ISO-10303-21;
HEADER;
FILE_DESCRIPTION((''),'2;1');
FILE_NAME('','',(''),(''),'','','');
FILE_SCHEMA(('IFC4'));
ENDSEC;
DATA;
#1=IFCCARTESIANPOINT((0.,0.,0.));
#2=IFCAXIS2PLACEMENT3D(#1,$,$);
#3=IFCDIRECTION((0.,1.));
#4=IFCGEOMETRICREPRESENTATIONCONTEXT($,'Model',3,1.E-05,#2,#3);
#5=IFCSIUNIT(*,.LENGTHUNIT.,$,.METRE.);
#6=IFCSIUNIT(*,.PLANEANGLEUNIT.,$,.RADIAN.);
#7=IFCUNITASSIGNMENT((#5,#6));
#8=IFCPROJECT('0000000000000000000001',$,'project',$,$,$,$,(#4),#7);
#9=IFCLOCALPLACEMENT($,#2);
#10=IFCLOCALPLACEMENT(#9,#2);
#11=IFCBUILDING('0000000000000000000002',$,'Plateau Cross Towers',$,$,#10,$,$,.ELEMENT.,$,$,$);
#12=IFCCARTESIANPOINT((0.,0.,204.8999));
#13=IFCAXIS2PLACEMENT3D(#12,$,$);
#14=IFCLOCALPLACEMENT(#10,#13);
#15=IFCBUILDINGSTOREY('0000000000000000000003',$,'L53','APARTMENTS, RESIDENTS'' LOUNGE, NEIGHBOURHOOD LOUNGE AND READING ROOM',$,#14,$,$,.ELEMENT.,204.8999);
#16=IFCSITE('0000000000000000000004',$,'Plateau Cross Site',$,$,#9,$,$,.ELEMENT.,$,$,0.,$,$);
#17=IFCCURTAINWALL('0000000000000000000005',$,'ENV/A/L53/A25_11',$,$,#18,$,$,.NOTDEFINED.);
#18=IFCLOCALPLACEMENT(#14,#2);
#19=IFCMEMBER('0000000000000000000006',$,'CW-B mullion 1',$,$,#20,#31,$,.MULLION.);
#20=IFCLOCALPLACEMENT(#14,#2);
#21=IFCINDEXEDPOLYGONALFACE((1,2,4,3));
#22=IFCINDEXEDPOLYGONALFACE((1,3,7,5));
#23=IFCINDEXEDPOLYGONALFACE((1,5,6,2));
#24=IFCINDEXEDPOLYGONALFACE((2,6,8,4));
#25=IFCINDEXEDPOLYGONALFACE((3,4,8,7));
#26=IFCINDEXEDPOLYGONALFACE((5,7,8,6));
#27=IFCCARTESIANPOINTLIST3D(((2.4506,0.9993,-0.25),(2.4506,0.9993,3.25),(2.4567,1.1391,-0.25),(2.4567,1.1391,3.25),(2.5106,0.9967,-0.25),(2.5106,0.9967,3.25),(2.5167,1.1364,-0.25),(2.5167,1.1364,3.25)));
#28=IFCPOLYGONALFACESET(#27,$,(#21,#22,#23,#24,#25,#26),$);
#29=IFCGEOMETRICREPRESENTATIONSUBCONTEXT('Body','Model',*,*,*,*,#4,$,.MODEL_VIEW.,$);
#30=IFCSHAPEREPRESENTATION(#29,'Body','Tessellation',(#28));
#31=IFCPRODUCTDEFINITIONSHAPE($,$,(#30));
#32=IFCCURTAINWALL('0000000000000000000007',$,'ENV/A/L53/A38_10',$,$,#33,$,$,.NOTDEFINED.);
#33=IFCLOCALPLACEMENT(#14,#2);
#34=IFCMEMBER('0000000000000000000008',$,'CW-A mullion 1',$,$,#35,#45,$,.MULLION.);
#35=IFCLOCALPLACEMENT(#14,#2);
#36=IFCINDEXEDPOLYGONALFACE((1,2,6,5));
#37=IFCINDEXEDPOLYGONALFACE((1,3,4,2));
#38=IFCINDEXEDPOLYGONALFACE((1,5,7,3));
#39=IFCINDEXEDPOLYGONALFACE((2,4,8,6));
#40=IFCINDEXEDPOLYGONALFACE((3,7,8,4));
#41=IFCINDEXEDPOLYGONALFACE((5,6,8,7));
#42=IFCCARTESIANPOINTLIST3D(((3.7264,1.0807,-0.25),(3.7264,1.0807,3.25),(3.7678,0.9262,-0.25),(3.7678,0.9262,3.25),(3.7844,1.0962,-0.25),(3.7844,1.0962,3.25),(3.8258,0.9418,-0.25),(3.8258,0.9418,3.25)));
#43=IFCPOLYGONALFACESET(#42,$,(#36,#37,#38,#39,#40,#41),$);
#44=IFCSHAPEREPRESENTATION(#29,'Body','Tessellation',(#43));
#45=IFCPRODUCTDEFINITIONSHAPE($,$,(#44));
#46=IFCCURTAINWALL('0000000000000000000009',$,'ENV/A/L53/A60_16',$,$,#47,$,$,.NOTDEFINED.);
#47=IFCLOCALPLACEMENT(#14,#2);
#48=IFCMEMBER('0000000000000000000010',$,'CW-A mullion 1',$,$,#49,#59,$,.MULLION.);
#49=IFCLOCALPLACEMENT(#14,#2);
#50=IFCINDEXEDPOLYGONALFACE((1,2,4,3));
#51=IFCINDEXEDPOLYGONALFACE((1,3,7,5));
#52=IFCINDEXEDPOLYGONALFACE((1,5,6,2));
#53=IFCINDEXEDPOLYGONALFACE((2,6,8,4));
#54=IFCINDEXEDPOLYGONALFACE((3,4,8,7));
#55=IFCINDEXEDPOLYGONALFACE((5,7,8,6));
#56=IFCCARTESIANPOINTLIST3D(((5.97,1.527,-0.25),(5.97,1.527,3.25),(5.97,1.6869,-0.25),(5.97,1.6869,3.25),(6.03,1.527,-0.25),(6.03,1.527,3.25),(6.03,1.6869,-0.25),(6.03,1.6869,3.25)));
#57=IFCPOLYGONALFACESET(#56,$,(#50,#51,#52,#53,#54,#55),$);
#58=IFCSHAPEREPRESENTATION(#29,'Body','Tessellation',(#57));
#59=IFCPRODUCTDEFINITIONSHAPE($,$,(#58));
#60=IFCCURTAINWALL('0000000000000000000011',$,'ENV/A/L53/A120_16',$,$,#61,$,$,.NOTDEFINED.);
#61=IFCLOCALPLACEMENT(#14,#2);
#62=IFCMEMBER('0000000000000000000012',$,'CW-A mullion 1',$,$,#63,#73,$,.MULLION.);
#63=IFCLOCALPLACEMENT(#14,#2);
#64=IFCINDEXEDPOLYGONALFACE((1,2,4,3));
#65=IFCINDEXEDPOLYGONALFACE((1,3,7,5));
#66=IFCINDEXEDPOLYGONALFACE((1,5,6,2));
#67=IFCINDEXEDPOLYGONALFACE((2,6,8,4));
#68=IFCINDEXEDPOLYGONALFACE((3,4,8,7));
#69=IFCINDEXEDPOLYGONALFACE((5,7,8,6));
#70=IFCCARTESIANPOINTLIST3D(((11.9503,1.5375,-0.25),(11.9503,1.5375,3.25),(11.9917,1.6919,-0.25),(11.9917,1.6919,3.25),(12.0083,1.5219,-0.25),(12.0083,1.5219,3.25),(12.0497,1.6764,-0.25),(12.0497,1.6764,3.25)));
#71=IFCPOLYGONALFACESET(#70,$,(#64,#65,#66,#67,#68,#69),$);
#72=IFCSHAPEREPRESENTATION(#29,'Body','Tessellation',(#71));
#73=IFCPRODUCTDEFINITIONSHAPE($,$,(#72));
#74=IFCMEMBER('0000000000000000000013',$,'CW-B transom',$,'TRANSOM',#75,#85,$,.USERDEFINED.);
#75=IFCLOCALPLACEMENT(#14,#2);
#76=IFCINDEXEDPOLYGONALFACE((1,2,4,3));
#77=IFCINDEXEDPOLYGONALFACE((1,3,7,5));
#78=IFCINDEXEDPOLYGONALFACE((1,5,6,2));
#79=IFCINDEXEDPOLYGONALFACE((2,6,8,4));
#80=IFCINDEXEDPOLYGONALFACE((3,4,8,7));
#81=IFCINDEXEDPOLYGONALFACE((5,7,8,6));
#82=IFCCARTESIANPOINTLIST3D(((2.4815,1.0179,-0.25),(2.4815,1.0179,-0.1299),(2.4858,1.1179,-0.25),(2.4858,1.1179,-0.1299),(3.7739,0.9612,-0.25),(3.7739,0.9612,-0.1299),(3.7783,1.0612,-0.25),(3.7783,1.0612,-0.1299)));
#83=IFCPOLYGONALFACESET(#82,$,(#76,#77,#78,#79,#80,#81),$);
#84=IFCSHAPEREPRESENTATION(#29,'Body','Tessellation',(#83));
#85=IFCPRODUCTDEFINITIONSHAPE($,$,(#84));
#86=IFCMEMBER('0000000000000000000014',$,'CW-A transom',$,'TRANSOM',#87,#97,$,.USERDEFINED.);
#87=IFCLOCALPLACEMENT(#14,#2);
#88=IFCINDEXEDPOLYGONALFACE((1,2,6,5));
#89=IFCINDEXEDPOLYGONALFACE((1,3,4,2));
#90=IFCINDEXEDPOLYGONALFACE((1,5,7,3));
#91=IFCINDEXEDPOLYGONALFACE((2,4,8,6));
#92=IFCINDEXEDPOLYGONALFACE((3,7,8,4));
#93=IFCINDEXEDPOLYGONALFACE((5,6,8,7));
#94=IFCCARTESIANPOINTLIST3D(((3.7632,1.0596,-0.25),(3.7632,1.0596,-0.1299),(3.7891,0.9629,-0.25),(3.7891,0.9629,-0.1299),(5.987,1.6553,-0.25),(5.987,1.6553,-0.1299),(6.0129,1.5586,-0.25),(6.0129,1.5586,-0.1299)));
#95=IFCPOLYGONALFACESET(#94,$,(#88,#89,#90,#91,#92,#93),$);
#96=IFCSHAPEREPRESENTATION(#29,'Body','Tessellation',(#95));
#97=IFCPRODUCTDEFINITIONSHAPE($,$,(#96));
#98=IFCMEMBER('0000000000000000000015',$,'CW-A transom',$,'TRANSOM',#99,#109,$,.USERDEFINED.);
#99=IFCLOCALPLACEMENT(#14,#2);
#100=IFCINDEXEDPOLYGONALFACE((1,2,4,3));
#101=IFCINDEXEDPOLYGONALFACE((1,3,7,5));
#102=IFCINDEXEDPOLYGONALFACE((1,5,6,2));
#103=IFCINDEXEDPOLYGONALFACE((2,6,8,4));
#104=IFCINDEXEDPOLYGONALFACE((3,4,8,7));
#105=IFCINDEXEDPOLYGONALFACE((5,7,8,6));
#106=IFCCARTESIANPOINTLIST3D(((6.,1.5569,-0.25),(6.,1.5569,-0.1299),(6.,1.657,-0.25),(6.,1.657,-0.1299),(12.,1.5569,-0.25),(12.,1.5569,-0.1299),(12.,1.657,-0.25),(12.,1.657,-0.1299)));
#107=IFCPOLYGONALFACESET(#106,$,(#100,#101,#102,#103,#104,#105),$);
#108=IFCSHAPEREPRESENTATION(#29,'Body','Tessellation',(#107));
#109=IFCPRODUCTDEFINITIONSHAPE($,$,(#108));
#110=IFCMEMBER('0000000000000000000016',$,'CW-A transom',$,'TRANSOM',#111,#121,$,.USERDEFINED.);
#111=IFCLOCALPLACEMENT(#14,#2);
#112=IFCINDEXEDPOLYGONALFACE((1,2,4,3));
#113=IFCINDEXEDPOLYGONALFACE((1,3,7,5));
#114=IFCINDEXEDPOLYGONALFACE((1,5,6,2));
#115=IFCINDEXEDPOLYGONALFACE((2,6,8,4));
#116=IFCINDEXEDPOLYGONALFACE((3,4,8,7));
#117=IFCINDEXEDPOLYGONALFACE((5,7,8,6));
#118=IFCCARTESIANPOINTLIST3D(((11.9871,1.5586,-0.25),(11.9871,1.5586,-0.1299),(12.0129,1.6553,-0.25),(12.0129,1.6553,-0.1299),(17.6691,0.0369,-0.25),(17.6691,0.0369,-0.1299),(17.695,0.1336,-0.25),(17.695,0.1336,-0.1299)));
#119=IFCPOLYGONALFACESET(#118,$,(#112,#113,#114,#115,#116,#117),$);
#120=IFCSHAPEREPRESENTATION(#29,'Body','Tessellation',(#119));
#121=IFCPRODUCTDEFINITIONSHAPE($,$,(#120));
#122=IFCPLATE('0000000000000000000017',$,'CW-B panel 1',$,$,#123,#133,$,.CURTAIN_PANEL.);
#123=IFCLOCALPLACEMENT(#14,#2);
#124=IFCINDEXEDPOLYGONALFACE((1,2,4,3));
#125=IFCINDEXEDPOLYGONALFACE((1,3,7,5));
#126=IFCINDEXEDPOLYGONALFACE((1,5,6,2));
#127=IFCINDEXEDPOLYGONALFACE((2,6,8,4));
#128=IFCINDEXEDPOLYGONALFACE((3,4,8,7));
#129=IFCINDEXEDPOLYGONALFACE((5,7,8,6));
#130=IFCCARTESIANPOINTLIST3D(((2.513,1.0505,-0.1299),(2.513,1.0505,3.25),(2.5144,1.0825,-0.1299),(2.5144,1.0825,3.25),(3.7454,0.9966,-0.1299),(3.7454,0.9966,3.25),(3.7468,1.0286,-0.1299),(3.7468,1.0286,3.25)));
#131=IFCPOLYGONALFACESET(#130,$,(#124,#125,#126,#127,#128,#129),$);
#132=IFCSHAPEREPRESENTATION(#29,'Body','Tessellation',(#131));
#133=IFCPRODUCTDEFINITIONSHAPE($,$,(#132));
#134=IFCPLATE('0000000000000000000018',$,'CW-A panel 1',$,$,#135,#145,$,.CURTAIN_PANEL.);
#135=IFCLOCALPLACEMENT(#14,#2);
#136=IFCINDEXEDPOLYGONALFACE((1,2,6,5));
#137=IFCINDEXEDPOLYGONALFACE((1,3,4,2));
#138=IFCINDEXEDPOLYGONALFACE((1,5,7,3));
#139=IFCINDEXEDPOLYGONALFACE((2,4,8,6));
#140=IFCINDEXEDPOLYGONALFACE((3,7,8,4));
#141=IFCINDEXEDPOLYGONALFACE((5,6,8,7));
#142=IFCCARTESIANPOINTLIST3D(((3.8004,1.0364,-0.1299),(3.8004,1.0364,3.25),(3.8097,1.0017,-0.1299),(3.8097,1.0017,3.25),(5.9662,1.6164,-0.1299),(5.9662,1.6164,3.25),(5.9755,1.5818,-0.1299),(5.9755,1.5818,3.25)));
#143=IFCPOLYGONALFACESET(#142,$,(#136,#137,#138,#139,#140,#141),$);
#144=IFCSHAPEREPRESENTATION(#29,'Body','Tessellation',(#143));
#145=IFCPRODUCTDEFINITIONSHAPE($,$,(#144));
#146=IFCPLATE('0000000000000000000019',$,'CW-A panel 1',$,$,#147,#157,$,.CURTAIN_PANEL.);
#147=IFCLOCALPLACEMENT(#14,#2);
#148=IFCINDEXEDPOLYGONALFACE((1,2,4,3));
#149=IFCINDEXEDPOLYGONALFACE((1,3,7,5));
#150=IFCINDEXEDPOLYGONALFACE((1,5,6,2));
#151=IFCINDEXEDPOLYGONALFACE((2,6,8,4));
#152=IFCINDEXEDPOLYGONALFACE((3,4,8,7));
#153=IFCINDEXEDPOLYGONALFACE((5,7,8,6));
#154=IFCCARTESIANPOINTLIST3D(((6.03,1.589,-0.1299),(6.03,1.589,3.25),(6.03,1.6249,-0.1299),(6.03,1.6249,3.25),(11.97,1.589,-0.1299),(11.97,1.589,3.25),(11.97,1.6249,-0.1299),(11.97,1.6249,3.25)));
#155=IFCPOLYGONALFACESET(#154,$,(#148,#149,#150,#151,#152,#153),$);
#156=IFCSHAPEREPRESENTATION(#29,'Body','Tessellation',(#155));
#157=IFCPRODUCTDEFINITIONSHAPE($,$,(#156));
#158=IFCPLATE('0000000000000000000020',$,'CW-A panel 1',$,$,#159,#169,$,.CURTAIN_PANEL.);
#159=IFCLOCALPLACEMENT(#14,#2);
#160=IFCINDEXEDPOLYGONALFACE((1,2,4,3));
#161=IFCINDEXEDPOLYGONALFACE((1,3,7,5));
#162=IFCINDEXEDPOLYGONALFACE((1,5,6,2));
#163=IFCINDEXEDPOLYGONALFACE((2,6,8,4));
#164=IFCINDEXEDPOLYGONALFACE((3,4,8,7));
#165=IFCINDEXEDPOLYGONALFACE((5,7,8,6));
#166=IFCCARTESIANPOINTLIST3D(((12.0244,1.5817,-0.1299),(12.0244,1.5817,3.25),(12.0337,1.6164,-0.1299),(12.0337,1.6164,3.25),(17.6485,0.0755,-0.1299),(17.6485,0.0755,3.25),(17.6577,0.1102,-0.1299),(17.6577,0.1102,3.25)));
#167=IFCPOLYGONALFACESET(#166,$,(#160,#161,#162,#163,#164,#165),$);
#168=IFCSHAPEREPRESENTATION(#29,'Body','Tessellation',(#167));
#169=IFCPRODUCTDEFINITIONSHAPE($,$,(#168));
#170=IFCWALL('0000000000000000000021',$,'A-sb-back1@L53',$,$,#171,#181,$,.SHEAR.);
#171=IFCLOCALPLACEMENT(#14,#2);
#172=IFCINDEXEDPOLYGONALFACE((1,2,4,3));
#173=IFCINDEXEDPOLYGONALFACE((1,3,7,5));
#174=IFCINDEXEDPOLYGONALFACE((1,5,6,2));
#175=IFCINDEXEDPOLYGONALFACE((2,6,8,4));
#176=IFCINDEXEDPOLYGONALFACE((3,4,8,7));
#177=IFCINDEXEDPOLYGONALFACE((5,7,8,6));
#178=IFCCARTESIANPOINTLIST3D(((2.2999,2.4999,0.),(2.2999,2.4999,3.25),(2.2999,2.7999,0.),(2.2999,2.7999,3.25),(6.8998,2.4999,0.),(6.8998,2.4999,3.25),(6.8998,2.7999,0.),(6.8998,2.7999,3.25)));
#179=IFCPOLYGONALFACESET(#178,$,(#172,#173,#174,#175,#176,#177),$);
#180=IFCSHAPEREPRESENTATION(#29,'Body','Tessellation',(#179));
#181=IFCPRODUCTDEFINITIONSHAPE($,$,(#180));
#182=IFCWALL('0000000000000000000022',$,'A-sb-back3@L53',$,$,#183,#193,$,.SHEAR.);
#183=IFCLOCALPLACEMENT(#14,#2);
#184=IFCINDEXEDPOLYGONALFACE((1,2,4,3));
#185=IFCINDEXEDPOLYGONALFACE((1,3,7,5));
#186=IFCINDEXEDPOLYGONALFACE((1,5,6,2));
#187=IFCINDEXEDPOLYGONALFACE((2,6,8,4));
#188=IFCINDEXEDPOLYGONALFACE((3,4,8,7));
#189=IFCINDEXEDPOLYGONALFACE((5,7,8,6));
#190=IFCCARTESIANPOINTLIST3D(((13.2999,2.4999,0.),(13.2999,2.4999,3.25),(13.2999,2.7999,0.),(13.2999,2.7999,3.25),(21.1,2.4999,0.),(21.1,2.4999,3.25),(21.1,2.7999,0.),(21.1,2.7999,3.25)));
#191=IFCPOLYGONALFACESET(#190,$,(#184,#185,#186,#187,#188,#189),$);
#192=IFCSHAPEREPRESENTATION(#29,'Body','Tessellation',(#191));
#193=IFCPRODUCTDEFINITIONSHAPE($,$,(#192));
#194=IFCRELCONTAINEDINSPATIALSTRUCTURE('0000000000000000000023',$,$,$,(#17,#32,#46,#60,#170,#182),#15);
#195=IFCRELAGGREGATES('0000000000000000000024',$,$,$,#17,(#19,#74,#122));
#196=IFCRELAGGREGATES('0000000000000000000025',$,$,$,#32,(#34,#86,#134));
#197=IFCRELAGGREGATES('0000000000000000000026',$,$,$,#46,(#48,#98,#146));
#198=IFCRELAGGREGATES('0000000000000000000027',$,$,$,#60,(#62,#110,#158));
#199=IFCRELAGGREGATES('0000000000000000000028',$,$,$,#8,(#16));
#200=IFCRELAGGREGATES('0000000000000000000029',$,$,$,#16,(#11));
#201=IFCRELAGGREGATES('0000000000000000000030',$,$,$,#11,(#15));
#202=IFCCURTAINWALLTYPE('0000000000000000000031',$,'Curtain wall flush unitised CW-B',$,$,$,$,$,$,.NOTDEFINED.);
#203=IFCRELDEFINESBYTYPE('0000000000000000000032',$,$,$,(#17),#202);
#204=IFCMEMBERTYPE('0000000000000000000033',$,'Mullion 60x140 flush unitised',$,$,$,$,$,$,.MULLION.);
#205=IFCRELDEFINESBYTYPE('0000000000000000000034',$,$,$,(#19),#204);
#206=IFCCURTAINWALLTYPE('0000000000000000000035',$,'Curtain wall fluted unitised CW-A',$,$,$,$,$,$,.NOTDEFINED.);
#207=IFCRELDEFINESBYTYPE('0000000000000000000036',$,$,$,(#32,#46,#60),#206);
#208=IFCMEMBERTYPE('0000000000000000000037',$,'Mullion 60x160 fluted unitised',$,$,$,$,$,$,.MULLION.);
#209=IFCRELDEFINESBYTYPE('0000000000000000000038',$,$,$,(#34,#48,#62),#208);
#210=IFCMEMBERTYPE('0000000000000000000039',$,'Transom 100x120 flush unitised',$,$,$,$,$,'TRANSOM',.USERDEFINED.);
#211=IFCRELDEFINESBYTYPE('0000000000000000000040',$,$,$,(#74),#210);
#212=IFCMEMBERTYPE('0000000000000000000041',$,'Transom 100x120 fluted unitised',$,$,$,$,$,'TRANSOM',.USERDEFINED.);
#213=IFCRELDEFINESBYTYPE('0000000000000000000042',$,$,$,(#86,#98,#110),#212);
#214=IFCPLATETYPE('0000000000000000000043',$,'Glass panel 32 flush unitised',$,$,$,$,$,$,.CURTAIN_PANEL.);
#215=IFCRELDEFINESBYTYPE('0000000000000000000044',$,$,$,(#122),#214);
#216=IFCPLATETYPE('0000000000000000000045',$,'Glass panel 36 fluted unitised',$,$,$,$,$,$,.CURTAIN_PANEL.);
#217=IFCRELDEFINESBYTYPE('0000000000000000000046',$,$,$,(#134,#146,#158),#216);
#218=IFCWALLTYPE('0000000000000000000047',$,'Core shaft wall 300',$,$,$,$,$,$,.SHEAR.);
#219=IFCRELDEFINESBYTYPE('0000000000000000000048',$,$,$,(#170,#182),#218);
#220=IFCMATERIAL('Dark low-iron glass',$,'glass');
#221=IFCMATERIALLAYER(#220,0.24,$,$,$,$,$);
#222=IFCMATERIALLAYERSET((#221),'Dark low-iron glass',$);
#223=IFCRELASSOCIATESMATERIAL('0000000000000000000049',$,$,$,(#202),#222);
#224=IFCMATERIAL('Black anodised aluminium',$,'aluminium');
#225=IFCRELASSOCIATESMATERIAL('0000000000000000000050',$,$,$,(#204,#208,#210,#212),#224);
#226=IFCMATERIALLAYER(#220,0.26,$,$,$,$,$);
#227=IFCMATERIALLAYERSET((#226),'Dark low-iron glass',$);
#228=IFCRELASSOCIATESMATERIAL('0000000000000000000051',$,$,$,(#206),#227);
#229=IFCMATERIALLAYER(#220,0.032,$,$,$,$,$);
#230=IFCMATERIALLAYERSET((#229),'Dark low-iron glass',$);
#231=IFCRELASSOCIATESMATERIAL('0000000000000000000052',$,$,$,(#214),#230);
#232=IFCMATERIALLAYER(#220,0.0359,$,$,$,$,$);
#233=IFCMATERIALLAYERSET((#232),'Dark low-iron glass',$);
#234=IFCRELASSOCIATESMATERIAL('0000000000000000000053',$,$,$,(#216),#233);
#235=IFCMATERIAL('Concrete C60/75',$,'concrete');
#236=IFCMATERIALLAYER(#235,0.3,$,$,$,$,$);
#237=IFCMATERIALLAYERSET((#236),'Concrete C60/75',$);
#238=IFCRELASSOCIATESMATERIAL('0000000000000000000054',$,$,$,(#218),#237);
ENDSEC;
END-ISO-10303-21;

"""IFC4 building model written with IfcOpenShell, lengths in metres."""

from ifc_helpers import new_model, si_unit, direction, frame, frame_2d, origin, origin_2d, place, context, subcontext, project, spatial, rectangle, extrude, material, layer, layer_set, material_profile, profile_set, type_object, element, aggregate, save


model = new_model("IFC4")

# Units and contexts
model_context = context("Model", 3, precision=1e-05, world=origin(), true_north=direction((0.0, 1.0)))
body_context = subcontext(model_context, "Body", "Model", "MODEL_VIEW")
ifc_project = project(units=[si_unit("LENGTHUNIT", "METRE"), si_unit("PLANEANGLEUNIT", "RADIAN")], contexts=[model_context])

# Site, building, storey
site_placement = place(None, origin())
site = spatial("IfcSite", under=ifc_project, at=site_placement, Name="Plateau Cross Site", CompositionType="ELEMENT", RefElevation=0.0)
building_placement = place(site_placement, origin())
building = spatial("IfcBuilding", under=site, at=building_placement, Name="Plateau Cross Towers", CompositionType="ELEMENT")
storey_placement = place(building_placement, frame((0.0, 0.0, 204.8999)))
storey = spatial("IfcBuildingStorey", under=building, at=storey_placement, Name="L53", Description="APARTMENTS, RESIDENTS' LOUNGE, NEIGHBOURHOOD LOUNGE AND READING ROOM", CompositionType="ELEMENT", Elevation=204.8999)

# Curtain walls, members
ifc_material_1 = material(Name="Dark low-iron glass", Category="glass")
ifc_layer_1 = layer(ifc_material_1, 0.24)
ifc_layer_set_1 = layer_set([ifc_layer_1], Name="Dark low-iron glass")
curtain_wall_type_1 = type_object("IfcCurtainWallType", Name="Curtain wall flush unitised CW-B", PredefinedType="NOTDEFINED", material=ifc_layer_set_1)
curtain_wall_1_placement = place(storey_placement, origin())
curtain_wall_1 = element("IfcCurtainWall", 1, at=curtain_wall_1_placement, inside=storey, type_object=curtain_wall_type_1, Name="ENV/A/L53/A25_11", PredefinedType="NOTDEFINED")
ifc_material_2 = material(Name="Black anodised aluminium", Category="aluminium")
ifc_material_profile_1 = material_profile(ifc_material_2, rectangle(XDim=0.0601, YDim=0.1399, at=origin_2d()), Name="MULLION 60x140")
ifc_profile_set_1 = profile_set([ifc_material_profile_1], Name="Black anodised aluminium")
member_type_1 = type_object("IfcMemberType", Name="Mullion 60x140 flush unitised", PredefinedType="MULLION", material=ifc_profile_set_1)
member_1_placement = place(storey_placement, frame((2.4836, 1.0679, -0.25), z_axis=(0.0, 0.0, 1.0), x_axis=(0.999044, -0.043723, 0.0)))
member_1 = element("IfcMember", 2, at=member_1_placement, type_object=member_type_1, Name="CW-B mullion 1", PredefinedType="MULLION", context=body_context, shape_type="SweptSolid", body=[
    extrude(rectangle(XDim=0.0601, YDim=0.1399, at=origin_2d()), origin(), (0.0, 0.0, 1.0), 3.5),
])
ifc_layer_2 = layer(ifc_material_1, 0.26)
ifc_layer_set_2 = layer_set([ifc_layer_2], Name="Dark low-iron glass")
curtain_wall_type_2 = type_object("IfcCurtainWallType", Name="Curtain wall fluted unitised CW-A", PredefinedType="NOTDEFINED", material=ifc_layer_set_2)
curtain_wall_2_placement = place(storey_placement, origin())
curtain_wall_2 = element("IfcCurtainWall", 3, at=curtain_wall_2_placement, inside=storey, type_object=curtain_wall_type_2, Name="ENV/A/L53/A38_10", PredefinedType="NOTDEFINED")
ifc_material_profile_2 = material_profile(ifc_material_2, rectangle(XDim=0.0601, YDim=0.1599, at=origin_2d()), Name="MULLION 60x160")
ifc_profile_set_2 = profile_set([ifc_material_profile_2], Name="Black anodised aluminium")
member_type_2 = type_object("IfcMemberType", Name="Mullion 60x160 fluted unitised", PredefinedType="MULLION", material=ifc_profile_set_2)
member_2_placement = place(storey_placement, frame((3.7761, 1.0112, -0.25), z_axis=(0.0, 0.0, 1.0), x_axis=(0.965958, 0.258699, 0.0)))
member_2 = element("IfcMember", 4, at=member_2_placement, type_object=member_type_2, Name="CW-A mullion 1", PredefinedType="MULLION", context=body_context, shape_type="SweptSolid", body=[
    extrude(rectangle(XDim=0.0601, YDim=0.1599, at=origin_2d()), origin(), (0.0, 0.0, 1.0), 3.5),
])
curtain_wall_3_placement = place(storey_placement, origin())
curtain_wall_3 = element("IfcCurtainWall", 5, at=curtain_wall_3_placement, inside=storey, type_object=curtain_wall_type_2, Name="ENV/A/L53/A60_16", PredefinedType="NOTDEFINED")
member_3_placement = place(storey_placement, frame((6.0, 1.6069, -0.25), z_axis=(0.0, 0.0, 1.0), x_axis=(1.0, 0.0, 0.0)))
member_3 = element("IfcMember", 6, at=member_3_placement, type_object=member_type_2, Name="CW-A mullion 1", PredefinedType="MULLION", context=body_context, shape_type="SweptSolid", body=[
    extrude(rectangle(XDim=0.0601, YDim=0.1599, at=origin_2d()), origin(), (0.0, 0.0, 1.0), 3.5),
])
curtain_wall_4_placement = place(storey_placement, origin())
curtain_wall_4 = element("IfcCurtainWall", 7, at=curtain_wall_4_placement, inside=storey, type_object=curtain_wall_type_2, Name="ENV/A/L53/A120_16", PredefinedType="NOTDEFINED")
member_4_placement = place(storey_placement, frame((12.0, 1.6069, -0.25), z_axis=(0.0, 0.0, 1.0), x_axis=(0.965958, -0.258699, 0.0)))
member_4 = element("IfcMember", 8, at=member_4_placement, type_object=member_type_2, Name="CW-A mullion 1", PredefinedType="MULLION", context=body_context, shape_type="SweptSolid", body=[
    extrude(rectangle(XDim=0.0601, YDim=0.1599, at=origin_2d()), origin(), (0.0, 0.0, 1.0), 3.5),
])

# Members
ifc_material_profile_3 = material_profile(ifc_material_2, rectangle(XDim=0.1001, YDim=0.1201, at=origin_2d()), Name="TRANSOM 100x120")
ifc_profile_set_3 = profile_set([ifc_material_profile_3], Name="Black anodised aluminium")
member_type_3 = type_object("IfcMemberType", Name="Transom 100x120 flush unitised", ElementType="TRANSOM", PredefinedType="USERDEFINED", material=ifc_profile_set_3)
member_5_placement = place(storey_placement, frame((2.4836, 1.0679, -0.1899), z_axis=(0.999041, -0.043781, 0.0), x_axis=(0.043781, 0.999041, 0.0)))
member_5 = element("IfcMember", 9, at=member_5_placement, type_object=member_type_3, Name="CW-B transom", ObjectType="TRANSOM", PredefinedType="USERDEFINED", context=body_context, shape_type="SweptSolid", body=[
    extrude(rectangle(XDim=0.1001, YDim=0.1201, at=origin_2d()), origin(), (0.0, 0.0, 1.0), 1.2937),
])
ifc_material_profile_4 = material_profile(ifc_material_2, rectangle(XDim=0.1001, YDim=0.1201, at=origin_2d()), Name="TRANSOM 100x120")
ifc_profile_set_4 = profile_set([ifc_material_profile_4], Name="Black anodised aluminium")
member_type_4 = type_object("IfcMemberType", Name="Transom 100x120 fluted unitised", ElementType="TRANSOM", PredefinedType="USERDEFINED", material=ifc_profile_set_4)
member_6_placement = place(storey_placement, frame((3.7761, 1.0112, -0.1899), z_axis=(0.965946, 0.258745, 0.0), x_axis=(-0.258745, 0.965946, 0.0)))
member_6 = element("IfcMember", 10, at=member_6_placement, type_object=member_type_4, Name="CW-A transom", ObjectType="TRANSOM", PredefinedType="USERDEFINED", context=body_context, shape_type="SweptSolid", body=[
    extrude(rectangle(XDim=0.1001, YDim=0.1201, at=origin_2d()), origin(), (0.0, 0.0, 1.0), 2.3022),
])
member_7_placement = place(storey_placement, frame((6.0, 1.6069, -0.1899), z_axis=(1.0, 0.0, 0.0), x_axis=(0.0, 1.0, 0.0)))
member_7 = element("IfcMember", 11, at=member_7_placement, type_object=member_type_4, Name="CW-A transom", ObjectType="TRANSOM", PredefinedType="USERDEFINED", context=body_context, shape_type="SweptSolid", body=[
    extrude(rectangle(XDim=0.1001, YDim=0.1201, at=origin_2d()), origin(), (0.0, 0.0, 1.0), 6.0),
])
member_8_placement = place(storey_placement, frame((12.0, 1.6069, -0.1899), z_axis=(0.96596, -0.258693, 0.0), x_axis=(0.258693, 0.96596, 0.0)))
member_8 = element("IfcMember", 12, at=member_8_placement, type_object=member_type_4, Name="CW-A transom", ObjectType="TRANSOM", PredefinedType="USERDEFINED", context=body_context, shape_type="SweptSolid", body=[
    extrude(rectangle(XDim=0.1001, YDim=0.1201, at=origin_2d()), origin(), (0.0, 0.0, 1.0), 5.8823),
])

# Plates
ifc_layer_3 = layer(ifc_material_1, 0.032)
ifc_layer_set_3 = layer_set([ifc_layer_3], Name="Dark low-iron glass")
plate_type_1 = type_object("IfcPlateType", Name="Glass panel 32 flush unitised", PredefinedType="CURTAIN_PANEL", material=ifc_layer_set_3)
plate_1_placement = place(storey_placement, frame((3.1299, 1.0396, -0.1299), z_axis=(0.0, 0.0, 1.0), x_axis=(0.999044, -0.043723, 0.0)))
plate_1 = element("IfcPlate", 13, at=plate_1_placement, type_object=plate_type_1, Name="CW-B panel 1", PredefinedType="CURTAIN_PANEL", context=body_context, shape_type="SweptSolid", body=[
    extrude(rectangle(XDim=1.2336, YDim=0.032, at=origin_2d()), origin(), (0.0, 0.0, 1.0), 3.3799),
])
aggregate(curtain_wall_1, [member_1, member_5, plate_1])
ifc_layer_4 = layer(ifc_material_1, 0.0359)
ifc_layer_set_4 = layer_set([ifc_layer_4], Name="Dark low-iron glass")
plate_type_2 = type_object("IfcPlateType", Name="Glass panel 36 fluted unitised", PredefinedType="CURTAIN_PANEL", material=ifc_layer_set_4)
plate_2_placement = place(storey_placement, frame((4.8879, 1.3091, -0.1299), z_axis=(0.0, 0.0, 1.0), x_axis=(0.965958, 0.258699, 0.0)))
plate_2 = element("IfcPlate", 14, at=plate_2_placement, type_object=plate_type_2, Name="CW-A panel 1", PredefinedType="CURTAIN_PANEL", context=body_context, shape_type="SweptSolid", body=[
    extrude(rectangle(XDim=2.2422, YDim=0.0359, at=origin_2d()), origin(), (0.0, 0.0, 1.0), 3.3799),
])
aggregate(curtain_wall_2, [member_2, member_6, plate_2])
plate_3_placement = place(storey_placement, frame((9.0, 1.6069, -0.1299), z_axis=(0.0, 0.0, 1.0), x_axis=(1.0, 0.0, 0.0)))
plate_3 = element("IfcPlate", 15, at=plate_3_placement, type_object=plate_type_2, Name="CW-A panel 1", PredefinedType="CURTAIN_PANEL", context=body_context, shape_type="SweptSolid", body=[
    extrude(rectangle(XDim=5.9399, YDim=0.0359, at=origin_2d()), origin(), (0.0, 0.0, 1.0), 3.3799),
])
aggregate(curtain_wall_3, [member_3, member_7, plate_3])
plate_4_placement = place(storey_placement, frame((14.8411, 0.8459, -0.1299), z_axis=(0.0, 0.0, 1.0), x_axis=(0.965958, -0.258699, 0.0)))
plate_4 = element("IfcPlate", 16, at=plate_4_placement, type_object=plate_type_2, Name="CW-A panel 1", PredefinedType="CURTAIN_PANEL", context=body_context, shape_type="SweptSolid", body=[
    extrude(rectangle(XDim=5.8223, YDim=0.0359, at=origin_2d()), origin(), (0.0, 0.0, 1.0), 3.3799),
])
aggregate(curtain_wall_4, [member_4, member_8, plate_4])

# Walls
ifc_material_3 = material(Name="Concrete C60/75", Category="concrete")
ifc_layer_5 = layer(ifc_material_3, 0.3)
ifc_layer_set_5 = layer_set([ifc_layer_5], Name="Concrete C60/75")
wall_type_1 = type_object("IfcWallType", Name="Core shaft wall 300", PredefinedType="SHEAR", material=ifc_layer_set_5)
wall_1_placement = place(storey_placement, frame((2.3, 2.6499, 0.0), z_axis=(0.0, 0.0, 1.0), x_axis=(1.0, 0.0, 0.0)))
element("IfcWall", 17, at=wall_1_placement, inside=storey, type_object=wall_type_1, Name="A-sb-back1@L53", PredefinedType="SHEAR", context=body_context, shape_type="SweptSolid", body=[
    extrude(rectangle(XDim=4.5999, YDim=0.3, at=frame_2d((2.2998, 0.0))), origin(), (0.0, 0.0, 1.0), 3.25),
])
wall_2_placement = place(storey_placement, frame((13.3, 2.6499, 0.0), z_axis=(0.0, 0.0, 1.0), x_axis=(1.0, 0.0, 0.0)))
element("IfcWall", 18, at=wall_2_placement, inside=storey, type_object=wall_type_1, Name="A-sb-back3@L53", PredefinedType="SHEAR", context=body_context, shape_type="SweptSolid", body=[
    extrude(rectangle(XDim=7.8, YDim=0.3, at=frame_2d((3.8999, 0.0))), origin(), (0.0, 0.0, 1.0), 3.25),
])

save(model, "model.ifc")
